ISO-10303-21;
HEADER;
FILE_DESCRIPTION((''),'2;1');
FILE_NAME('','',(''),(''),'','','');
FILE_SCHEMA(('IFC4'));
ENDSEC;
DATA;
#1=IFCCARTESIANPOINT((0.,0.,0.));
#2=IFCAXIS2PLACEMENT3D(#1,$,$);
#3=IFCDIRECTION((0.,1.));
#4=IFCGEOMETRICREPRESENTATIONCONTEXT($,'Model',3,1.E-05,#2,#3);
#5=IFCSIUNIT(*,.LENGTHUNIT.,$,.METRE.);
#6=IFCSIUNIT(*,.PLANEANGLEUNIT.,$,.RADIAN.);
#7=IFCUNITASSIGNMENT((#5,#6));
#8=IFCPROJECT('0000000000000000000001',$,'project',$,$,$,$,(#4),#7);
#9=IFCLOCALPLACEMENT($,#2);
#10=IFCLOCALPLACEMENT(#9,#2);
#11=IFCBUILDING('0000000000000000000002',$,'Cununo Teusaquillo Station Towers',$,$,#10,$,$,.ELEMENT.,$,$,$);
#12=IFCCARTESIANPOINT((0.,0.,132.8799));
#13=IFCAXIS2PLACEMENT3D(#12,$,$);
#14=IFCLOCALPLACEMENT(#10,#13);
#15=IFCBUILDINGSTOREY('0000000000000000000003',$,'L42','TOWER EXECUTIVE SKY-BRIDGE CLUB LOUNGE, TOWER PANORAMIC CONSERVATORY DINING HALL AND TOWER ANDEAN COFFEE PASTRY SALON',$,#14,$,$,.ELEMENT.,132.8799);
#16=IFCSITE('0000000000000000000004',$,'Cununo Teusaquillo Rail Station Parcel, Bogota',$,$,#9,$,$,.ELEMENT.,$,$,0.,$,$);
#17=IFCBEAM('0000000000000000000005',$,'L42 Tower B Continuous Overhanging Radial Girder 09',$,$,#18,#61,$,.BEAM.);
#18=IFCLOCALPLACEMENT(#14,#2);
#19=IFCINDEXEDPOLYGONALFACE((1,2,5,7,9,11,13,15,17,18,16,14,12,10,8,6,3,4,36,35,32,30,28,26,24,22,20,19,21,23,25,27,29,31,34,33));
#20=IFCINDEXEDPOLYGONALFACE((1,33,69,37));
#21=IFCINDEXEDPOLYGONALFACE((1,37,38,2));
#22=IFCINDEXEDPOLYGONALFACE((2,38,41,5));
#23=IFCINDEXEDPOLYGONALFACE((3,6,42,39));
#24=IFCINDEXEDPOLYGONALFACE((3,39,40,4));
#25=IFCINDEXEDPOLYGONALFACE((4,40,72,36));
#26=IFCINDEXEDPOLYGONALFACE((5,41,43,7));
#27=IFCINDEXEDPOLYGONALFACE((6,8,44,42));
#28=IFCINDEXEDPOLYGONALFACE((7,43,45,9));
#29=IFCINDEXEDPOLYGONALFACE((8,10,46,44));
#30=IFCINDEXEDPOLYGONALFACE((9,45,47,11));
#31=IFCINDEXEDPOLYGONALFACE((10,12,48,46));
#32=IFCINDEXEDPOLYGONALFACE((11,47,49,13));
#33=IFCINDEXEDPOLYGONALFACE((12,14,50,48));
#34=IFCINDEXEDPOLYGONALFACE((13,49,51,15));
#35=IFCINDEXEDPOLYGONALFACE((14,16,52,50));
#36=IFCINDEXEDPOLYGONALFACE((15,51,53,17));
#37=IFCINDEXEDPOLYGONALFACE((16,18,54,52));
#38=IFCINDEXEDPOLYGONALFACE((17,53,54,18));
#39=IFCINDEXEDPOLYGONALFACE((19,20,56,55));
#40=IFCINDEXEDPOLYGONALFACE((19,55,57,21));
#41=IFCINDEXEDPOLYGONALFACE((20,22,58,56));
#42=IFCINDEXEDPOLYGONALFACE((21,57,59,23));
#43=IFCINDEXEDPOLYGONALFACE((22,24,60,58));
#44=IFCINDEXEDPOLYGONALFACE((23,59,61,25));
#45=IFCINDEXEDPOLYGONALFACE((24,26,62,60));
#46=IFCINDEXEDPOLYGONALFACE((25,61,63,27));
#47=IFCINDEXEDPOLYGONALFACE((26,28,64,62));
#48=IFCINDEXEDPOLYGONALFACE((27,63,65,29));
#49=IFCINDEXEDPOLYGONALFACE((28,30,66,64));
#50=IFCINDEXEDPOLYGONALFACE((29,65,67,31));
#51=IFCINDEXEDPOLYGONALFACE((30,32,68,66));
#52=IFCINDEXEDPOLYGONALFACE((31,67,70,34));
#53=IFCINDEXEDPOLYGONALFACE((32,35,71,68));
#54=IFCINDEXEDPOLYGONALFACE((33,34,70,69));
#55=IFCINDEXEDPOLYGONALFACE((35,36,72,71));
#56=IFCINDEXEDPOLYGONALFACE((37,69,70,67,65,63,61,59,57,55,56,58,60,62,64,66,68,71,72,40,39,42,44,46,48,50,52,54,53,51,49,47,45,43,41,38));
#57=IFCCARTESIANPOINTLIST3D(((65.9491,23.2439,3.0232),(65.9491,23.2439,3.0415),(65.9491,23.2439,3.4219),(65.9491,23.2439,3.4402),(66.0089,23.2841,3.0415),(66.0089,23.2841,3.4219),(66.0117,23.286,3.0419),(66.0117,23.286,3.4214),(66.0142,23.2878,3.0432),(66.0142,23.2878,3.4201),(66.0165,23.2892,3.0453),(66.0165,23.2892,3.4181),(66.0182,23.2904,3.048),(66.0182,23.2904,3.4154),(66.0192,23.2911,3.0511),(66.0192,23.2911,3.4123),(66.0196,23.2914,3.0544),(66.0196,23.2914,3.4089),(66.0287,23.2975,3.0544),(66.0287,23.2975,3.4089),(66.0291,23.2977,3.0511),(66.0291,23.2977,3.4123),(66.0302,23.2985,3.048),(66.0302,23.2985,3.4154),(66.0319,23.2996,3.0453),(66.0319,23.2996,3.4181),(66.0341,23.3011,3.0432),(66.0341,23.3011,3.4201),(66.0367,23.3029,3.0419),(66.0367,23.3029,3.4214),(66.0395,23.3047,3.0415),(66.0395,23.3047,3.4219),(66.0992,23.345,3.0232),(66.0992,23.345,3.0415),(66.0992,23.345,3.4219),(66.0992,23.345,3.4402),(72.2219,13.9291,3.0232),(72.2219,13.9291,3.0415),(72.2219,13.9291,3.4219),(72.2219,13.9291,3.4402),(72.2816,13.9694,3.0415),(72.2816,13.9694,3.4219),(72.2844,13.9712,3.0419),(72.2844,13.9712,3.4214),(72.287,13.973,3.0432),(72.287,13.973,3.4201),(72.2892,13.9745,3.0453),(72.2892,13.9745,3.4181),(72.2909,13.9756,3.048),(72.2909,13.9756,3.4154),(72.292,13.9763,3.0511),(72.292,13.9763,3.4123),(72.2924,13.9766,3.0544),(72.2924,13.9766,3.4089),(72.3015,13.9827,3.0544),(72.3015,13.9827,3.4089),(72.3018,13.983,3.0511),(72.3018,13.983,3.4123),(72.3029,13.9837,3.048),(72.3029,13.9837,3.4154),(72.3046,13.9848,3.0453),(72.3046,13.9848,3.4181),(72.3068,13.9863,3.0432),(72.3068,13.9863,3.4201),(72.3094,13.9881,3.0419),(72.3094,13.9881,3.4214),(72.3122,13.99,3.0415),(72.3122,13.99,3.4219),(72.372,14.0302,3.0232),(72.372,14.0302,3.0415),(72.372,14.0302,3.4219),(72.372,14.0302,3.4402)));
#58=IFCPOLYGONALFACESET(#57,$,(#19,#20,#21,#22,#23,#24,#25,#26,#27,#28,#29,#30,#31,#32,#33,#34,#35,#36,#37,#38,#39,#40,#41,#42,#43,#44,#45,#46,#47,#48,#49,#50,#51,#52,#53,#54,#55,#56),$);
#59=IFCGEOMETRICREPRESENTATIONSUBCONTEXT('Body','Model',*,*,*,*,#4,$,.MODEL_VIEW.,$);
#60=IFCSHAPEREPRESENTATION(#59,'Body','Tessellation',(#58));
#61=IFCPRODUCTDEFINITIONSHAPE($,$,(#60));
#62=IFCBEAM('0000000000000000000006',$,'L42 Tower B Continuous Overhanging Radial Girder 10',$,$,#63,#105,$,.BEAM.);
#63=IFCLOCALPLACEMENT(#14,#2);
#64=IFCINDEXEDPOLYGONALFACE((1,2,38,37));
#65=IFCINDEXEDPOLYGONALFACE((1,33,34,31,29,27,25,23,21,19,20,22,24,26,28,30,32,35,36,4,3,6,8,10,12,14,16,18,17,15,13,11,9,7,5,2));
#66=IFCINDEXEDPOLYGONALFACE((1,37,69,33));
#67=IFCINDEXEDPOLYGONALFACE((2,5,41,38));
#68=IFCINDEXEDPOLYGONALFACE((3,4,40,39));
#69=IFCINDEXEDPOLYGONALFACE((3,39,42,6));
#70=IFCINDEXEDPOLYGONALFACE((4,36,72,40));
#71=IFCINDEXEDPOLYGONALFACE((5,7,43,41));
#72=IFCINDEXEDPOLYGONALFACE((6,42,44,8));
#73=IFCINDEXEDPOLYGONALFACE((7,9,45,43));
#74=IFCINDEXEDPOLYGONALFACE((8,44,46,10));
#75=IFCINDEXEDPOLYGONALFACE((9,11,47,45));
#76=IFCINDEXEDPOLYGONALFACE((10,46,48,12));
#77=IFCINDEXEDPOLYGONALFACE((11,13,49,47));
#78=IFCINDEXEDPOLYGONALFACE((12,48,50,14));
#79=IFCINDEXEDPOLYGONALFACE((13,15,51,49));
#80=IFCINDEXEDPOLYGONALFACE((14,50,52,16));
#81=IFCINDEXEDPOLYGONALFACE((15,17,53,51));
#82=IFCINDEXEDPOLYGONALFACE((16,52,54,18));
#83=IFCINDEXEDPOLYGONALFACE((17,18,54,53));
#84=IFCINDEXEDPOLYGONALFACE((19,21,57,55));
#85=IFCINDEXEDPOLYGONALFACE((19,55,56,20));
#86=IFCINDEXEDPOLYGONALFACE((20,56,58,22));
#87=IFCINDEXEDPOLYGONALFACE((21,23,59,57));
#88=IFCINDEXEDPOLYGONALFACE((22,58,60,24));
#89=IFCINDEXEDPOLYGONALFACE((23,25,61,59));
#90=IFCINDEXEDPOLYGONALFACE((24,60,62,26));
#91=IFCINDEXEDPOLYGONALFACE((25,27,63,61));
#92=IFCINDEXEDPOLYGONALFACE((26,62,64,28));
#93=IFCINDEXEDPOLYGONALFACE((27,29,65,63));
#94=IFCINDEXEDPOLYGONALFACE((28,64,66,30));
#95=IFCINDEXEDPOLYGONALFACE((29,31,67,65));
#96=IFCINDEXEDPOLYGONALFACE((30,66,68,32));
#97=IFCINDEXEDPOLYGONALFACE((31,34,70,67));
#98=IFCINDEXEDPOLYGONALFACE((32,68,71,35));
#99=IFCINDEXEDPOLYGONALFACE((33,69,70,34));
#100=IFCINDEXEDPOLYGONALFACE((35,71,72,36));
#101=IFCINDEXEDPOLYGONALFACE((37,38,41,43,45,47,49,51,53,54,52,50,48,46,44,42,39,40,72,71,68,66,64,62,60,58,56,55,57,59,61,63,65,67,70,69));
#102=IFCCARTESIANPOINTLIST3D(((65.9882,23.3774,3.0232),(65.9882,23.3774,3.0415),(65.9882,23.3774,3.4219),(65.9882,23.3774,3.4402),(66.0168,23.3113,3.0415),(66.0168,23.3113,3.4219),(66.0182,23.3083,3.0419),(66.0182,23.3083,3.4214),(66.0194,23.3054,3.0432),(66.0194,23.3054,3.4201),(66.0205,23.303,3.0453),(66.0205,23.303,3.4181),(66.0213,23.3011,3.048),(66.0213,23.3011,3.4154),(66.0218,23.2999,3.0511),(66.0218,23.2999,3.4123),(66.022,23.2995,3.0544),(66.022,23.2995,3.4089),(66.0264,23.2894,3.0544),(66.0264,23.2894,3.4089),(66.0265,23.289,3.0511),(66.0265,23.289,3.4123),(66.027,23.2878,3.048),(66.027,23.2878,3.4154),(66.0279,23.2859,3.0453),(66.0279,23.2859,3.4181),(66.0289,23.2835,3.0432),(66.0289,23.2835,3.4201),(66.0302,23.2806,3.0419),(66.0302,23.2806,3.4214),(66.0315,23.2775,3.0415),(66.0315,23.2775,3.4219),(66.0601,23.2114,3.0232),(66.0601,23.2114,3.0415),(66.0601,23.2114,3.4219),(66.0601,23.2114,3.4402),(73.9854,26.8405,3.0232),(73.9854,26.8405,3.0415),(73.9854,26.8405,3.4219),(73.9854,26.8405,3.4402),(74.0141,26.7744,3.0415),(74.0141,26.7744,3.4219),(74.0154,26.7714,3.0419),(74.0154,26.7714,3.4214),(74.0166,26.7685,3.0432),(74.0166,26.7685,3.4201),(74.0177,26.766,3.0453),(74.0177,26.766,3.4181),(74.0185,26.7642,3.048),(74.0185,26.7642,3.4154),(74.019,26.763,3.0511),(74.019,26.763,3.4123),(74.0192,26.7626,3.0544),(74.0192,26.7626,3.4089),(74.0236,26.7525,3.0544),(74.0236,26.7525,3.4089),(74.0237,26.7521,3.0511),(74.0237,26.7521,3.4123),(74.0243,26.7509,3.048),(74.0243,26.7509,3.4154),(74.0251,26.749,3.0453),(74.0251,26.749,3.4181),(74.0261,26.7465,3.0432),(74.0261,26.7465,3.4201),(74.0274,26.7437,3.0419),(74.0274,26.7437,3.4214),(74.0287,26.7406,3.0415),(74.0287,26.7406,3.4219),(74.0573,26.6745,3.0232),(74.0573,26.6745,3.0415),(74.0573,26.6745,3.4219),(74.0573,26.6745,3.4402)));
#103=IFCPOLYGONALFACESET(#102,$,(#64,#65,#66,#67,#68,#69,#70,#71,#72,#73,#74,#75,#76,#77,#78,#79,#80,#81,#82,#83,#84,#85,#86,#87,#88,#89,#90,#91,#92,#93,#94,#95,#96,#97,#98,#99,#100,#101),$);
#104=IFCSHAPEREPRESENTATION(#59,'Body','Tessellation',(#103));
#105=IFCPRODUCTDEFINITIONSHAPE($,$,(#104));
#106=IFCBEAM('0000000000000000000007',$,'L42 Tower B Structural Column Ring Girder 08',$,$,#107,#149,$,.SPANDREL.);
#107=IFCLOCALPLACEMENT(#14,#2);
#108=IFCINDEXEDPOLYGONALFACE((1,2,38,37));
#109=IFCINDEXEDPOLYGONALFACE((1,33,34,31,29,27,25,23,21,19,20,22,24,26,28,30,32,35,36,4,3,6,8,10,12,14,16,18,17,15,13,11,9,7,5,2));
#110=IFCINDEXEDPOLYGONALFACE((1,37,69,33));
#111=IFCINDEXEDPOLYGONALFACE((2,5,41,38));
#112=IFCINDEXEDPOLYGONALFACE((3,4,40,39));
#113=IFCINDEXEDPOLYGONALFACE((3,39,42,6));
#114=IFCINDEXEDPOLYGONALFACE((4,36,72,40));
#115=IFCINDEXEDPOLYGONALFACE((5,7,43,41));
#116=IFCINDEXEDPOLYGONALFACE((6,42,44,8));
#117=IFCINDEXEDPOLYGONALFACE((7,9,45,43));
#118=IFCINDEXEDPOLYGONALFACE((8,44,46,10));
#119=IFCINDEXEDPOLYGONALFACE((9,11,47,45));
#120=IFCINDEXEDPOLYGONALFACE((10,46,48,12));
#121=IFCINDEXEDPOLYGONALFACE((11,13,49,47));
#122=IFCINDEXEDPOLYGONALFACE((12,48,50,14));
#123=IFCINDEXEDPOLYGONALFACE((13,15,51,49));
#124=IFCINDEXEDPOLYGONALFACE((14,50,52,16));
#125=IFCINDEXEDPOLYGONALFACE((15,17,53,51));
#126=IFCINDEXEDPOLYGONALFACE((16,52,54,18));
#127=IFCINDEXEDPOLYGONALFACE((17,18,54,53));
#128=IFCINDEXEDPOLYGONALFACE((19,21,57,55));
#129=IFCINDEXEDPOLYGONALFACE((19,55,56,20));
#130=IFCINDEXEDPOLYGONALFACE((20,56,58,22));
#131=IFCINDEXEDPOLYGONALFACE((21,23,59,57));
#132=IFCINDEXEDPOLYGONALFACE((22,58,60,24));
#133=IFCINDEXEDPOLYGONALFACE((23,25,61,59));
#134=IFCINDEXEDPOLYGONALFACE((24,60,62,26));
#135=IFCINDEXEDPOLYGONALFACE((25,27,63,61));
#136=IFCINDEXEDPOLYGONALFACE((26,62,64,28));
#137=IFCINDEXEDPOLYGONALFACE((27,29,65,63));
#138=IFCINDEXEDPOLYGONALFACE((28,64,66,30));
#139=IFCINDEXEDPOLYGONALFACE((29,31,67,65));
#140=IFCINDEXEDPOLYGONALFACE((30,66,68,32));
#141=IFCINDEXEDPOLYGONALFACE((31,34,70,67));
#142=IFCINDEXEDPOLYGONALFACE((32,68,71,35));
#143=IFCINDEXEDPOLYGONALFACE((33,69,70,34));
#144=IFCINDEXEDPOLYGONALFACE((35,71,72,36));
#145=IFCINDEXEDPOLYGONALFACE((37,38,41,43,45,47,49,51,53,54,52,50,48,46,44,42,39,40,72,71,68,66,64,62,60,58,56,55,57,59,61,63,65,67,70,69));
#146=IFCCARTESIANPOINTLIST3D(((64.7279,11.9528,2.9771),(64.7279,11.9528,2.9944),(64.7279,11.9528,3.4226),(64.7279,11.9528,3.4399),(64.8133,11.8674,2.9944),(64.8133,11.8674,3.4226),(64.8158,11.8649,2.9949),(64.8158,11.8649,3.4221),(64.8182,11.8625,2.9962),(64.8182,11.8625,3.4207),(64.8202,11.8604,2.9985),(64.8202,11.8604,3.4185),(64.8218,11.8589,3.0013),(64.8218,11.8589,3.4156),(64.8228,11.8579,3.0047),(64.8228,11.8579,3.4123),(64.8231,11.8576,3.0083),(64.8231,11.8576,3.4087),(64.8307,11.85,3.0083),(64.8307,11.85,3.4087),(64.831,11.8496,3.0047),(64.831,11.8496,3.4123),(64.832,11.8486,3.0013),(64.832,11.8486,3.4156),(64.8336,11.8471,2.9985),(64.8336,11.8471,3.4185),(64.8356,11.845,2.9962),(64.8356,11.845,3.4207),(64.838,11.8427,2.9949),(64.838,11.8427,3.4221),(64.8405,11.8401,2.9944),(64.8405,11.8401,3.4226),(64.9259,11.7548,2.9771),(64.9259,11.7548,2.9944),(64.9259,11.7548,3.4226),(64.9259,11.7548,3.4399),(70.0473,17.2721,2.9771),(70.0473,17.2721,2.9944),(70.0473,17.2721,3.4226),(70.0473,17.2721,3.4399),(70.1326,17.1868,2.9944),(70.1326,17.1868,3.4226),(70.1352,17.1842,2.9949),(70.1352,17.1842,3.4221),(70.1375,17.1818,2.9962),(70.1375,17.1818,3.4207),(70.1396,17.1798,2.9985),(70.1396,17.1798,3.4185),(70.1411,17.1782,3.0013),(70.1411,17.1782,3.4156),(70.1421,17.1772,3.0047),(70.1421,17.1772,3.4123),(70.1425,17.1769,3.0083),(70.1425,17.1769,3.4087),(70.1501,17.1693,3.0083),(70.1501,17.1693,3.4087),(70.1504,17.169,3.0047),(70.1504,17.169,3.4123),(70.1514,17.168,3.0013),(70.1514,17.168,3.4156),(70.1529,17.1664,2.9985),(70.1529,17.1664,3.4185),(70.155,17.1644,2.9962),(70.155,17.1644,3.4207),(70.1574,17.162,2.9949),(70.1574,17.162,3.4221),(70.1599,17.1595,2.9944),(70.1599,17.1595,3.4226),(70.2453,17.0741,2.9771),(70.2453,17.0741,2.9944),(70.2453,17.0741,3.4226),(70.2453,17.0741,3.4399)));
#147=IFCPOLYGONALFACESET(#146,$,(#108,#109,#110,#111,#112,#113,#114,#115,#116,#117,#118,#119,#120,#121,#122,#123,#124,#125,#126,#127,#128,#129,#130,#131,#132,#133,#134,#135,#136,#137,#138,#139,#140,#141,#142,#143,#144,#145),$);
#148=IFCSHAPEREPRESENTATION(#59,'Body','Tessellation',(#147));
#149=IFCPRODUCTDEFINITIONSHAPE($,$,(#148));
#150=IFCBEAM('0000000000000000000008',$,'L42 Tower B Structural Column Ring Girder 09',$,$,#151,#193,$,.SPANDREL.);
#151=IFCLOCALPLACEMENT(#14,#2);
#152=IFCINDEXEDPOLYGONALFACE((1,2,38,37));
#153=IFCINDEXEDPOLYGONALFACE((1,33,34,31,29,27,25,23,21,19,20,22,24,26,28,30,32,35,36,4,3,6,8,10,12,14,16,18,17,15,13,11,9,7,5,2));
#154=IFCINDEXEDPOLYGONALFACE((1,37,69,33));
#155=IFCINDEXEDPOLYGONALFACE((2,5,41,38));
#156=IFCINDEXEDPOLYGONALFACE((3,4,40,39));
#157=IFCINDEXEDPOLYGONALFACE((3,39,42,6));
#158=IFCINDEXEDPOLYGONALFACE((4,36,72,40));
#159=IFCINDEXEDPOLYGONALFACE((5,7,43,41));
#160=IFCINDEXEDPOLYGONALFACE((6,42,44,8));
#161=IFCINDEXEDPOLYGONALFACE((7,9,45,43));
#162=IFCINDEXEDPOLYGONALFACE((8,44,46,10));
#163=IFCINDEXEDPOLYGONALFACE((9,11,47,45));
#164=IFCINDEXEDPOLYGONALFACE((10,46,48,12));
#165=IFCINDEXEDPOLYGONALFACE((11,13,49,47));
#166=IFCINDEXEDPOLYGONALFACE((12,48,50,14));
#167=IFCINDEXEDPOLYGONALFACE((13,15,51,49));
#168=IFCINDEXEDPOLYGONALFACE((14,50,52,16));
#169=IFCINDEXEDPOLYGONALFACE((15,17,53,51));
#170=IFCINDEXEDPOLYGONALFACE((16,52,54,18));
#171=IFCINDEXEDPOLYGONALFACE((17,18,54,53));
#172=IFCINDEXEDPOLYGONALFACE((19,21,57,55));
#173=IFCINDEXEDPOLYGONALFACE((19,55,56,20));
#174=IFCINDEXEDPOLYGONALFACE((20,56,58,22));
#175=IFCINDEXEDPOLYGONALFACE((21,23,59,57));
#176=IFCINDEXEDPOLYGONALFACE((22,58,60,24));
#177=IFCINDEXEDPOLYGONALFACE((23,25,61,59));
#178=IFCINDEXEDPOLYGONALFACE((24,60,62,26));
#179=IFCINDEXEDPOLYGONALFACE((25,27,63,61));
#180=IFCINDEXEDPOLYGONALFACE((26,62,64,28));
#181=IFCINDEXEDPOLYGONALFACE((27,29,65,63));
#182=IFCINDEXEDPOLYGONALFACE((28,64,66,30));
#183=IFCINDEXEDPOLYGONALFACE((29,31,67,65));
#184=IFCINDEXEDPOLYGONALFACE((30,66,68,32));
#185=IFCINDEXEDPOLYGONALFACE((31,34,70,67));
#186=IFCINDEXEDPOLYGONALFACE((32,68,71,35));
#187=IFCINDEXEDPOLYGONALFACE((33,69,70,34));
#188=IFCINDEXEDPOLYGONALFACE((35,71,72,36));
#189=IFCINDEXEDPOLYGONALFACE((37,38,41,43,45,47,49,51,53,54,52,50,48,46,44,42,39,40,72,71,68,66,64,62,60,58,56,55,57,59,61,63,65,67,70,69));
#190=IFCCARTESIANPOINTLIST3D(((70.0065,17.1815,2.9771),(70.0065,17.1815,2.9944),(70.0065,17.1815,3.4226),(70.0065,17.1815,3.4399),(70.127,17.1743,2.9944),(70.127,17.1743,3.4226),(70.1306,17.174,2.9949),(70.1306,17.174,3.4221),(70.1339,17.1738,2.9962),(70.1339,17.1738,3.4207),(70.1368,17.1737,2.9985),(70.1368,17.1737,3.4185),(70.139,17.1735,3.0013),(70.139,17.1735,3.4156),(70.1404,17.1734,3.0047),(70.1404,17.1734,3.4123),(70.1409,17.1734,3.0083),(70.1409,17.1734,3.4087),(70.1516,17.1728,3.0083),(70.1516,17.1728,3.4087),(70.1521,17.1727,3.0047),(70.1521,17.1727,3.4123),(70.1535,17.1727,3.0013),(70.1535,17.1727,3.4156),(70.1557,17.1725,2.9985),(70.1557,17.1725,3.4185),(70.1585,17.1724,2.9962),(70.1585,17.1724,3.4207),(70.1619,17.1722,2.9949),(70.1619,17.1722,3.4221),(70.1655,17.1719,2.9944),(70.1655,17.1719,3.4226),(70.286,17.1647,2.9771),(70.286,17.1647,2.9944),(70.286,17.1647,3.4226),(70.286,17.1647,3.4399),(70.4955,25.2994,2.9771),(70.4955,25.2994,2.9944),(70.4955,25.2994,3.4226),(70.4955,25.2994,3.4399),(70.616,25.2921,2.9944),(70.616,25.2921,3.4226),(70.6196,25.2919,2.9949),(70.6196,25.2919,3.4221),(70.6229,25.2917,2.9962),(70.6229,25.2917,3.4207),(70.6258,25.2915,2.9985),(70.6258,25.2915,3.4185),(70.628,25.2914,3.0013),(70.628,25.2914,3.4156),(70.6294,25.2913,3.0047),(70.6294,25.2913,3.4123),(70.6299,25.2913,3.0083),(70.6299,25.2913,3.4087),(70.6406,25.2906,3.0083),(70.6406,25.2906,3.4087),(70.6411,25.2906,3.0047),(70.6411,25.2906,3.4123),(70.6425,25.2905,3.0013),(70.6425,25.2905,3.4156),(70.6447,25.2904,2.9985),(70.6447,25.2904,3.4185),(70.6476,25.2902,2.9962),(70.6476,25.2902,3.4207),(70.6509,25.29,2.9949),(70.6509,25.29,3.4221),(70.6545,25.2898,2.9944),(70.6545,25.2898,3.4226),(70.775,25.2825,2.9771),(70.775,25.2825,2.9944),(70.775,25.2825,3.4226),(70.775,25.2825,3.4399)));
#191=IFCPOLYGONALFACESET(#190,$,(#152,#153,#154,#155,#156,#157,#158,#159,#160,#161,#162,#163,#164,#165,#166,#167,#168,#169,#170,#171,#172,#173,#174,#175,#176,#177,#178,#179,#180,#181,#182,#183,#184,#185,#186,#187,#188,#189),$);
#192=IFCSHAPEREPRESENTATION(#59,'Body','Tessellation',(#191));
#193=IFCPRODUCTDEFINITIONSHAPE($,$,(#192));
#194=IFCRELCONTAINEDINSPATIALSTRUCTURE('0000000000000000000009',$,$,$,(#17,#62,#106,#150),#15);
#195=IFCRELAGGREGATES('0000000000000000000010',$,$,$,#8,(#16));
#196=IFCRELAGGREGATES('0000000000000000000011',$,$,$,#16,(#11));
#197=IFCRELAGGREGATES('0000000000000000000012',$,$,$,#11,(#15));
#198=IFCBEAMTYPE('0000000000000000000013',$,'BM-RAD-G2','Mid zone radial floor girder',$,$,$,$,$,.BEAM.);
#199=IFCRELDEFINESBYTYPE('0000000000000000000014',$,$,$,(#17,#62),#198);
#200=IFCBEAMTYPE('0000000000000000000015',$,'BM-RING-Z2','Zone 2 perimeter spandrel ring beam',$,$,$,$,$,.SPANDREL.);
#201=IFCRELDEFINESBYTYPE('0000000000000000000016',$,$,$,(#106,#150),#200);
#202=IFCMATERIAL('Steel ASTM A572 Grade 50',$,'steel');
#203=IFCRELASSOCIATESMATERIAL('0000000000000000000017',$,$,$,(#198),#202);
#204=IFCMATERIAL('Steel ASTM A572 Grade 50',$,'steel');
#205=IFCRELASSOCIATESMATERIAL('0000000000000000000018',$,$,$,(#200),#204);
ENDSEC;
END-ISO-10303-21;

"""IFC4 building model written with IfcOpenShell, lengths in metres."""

from ifc_helpers import new_model, si_unit, direction, frame, origin, origin_2d, place, context, subcontext, project, spatial, i_section, extrude, material, material_profile, profile_set, type_object, element, save


model = new_model("IFC4")

# Units and contexts
model_context = context("Model", 3, precision=1e-05, world=origin(), true_north=direction((0.0, 1.0)))
body_context = subcontext(model_context, "Body", "Model", "MODEL_VIEW")
ifc_project = project(units=[si_unit("LENGTHUNIT", "METRE"), si_unit("PLANEANGLEUNIT", "RADIAN")], contexts=[model_context])

# Site, building, storey
site_placement = place(None, origin())
site = spatial("IfcSite", under=ifc_project, at=site_placement, Name="Cununo Teusaquillo Rail Station Parcel, Bogota", CompositionType="ELEMENT", RefElevation=0.0)
building_placement = place(site_placement, origin())
building = spatial("IfcBuilding", under=site, at=building_placement, Name="Cununo Teusaquillo Station Towers", CompositionType="ELEMENT")
storey_placement = place(building_placement, frame((0.0, 0.0, 132.8799)))
storey = spatial("IfcBuildingStorey", under=building, at=storey_placement, Name="L42", Description="TOWER EXECUTIVE SKY-BRIDGE CLUB LOUNGE, TOWER PANORAMIC CONSERVATORY DINING HALL AND TOWER ANDEAN COFFEE PASTRY SALON", CompositionType="ELEMENT", Elevation=132.8799)

# Beams
ifc_material_1 = material(Name="Steel ASTM A572 Grade 50", Category="steel")
ifc_material_profile_1 = material_profile(ifc_material_1, i_section(OverallWidth=0.1809, OverallDepth=0.417, WebThickness=0.011, FlangeThickness=0.0183, FilletRadius=0.0129, at=origin_2d()), Name="W16X57")
ifc_profile_set_1 = profile_set([ifc_material_profile_1], Name="Steel ASTM A572 Grade 50")
beam_type_1 = type_object("IfcBeamType", Name="BM-RAD-G2", Description="Mid zone radial floor girder", PredefinedType="BEAM", material=ifc_profile_set_1)
beam_1_placement = place(storey_placement, frame((66.0242, 23.2944, 3.2317), z_axis=(0.558572, -0.829456, 0.0), x_axis=(0.829456, 0.558572, 0.0)))
element("IfcBeam", 1, at=beam_1_placement, inside=storey, type_object=beam_type_1, Name="L42 Tower B Continuous Overhanging Radial Girder 09", PredefinedType="BEAM", context=body_context, shape_type="SweptSolid", body=[
    extrude(i_section(OverallWidth=0.1809, OverallDepth=0.417, WebThickness=0.011, FlangeThickness=0.0183, FilletRadius=0.0129, at=origin_2d()), origin(), (0.0, 0.0, 1.0), 11.23),
])
beam_2_placement = place(storey_placement, frame((66.0242, 23.2944, 3.2317), z_axis=(0.917655, 0.397379, 0.0), x_axis=(-0.397379, 0.917655, 0.0)))
element("IfcBeam", 2, at=beam_2_placement, inside=storey, type_object=beam_type_1, Name="L42 Tower B Continuous Overhanging Radial Girder 10", PredefinedType="BEAM", context=body_context, shape_type="SweptSolid", body=[
    extrude(i_section(OverallWidth=0.1809, OverallDepth=0.417, WebThickness=0.011, FlangeThickness=0.0183, FilletRadius=0.0129, at=origin_2d()), origin(), (0.0, 0.0, 1.0), 8.7148),
])
ifc_material_2 = material(Name="Steel ASTM A572 Grade 50", Category="steel")
ifc_material_profile_2 = material_profile(ifc_material_2, i_section(OverallWidth=0.28, OverallDepth=0.4629, WebThickness=0.0107, FlangeThickness=0.0173, FilletRadius=0.0139, at=origin_2d()), Name="W18X76")
ifc_profile_set_2 = profile_set([ifc_material_profile_2], Name="Steel ASTM A572 Grade 50")
beam_type_2 = type_object("IfcBeamType", Name="BM-RING-Z2", Description="Zone 2 perimeter spandrel ring beam", PredefinedType="SPANDREL", material=ifc_profile_set_2)
beam_3_placement = place(storey_placement, frame((64.8269, 11.8538, 3.2085), z_axis=(0.707107, 0.707107, 0.0), x_axis=(-0.707107, 0.707107, 0.0)))
element("IfcBeam", 3, at=beam_3_placement, inside=storey, type_object=beam_type_2, Name="L42 Tower B Structural Column Ring Girder 08", PredefinedType="SPANDREL", context=body_context, shape_type="SweptSolid", body=[
    extrude(i_section(OverallWidth=0.28, OverallDepth=0.4629, WebThickness=0.0107, FlangeThickness=0.0173, FilletRadius=0.0139, at=origin_2d()), origin(), (0.0, 0.0, 1.0), 7.5227),
])
beam_4_placement = place(storey_placement, frame((70.1462, 17.1731, 3.2085), z_axis=(0.06013, 0.998191, 0.0), x_axis=(-0.998191, 0.06013, 0.0)))
element("IfcBeam", 4, at=beam_4_placement, inside=storey, type_object=beam_type_2, Name="L42 Tower B Structural Column Ring Girder 09", PredefinedType="SPANDREL", context=body_context, shape_type="SweptSolid", body=[
    extrude(i_section(OverallWidth=0.28, OverallDepth=0.4629, WebThickness=0.0107, FlangeThickness=0.0173, FilletRadius=0.0139, at=origin_2d()), origin(), (0.0, 0.0, 1.0), 8.1326),
])

save(model, "model.ifc")
